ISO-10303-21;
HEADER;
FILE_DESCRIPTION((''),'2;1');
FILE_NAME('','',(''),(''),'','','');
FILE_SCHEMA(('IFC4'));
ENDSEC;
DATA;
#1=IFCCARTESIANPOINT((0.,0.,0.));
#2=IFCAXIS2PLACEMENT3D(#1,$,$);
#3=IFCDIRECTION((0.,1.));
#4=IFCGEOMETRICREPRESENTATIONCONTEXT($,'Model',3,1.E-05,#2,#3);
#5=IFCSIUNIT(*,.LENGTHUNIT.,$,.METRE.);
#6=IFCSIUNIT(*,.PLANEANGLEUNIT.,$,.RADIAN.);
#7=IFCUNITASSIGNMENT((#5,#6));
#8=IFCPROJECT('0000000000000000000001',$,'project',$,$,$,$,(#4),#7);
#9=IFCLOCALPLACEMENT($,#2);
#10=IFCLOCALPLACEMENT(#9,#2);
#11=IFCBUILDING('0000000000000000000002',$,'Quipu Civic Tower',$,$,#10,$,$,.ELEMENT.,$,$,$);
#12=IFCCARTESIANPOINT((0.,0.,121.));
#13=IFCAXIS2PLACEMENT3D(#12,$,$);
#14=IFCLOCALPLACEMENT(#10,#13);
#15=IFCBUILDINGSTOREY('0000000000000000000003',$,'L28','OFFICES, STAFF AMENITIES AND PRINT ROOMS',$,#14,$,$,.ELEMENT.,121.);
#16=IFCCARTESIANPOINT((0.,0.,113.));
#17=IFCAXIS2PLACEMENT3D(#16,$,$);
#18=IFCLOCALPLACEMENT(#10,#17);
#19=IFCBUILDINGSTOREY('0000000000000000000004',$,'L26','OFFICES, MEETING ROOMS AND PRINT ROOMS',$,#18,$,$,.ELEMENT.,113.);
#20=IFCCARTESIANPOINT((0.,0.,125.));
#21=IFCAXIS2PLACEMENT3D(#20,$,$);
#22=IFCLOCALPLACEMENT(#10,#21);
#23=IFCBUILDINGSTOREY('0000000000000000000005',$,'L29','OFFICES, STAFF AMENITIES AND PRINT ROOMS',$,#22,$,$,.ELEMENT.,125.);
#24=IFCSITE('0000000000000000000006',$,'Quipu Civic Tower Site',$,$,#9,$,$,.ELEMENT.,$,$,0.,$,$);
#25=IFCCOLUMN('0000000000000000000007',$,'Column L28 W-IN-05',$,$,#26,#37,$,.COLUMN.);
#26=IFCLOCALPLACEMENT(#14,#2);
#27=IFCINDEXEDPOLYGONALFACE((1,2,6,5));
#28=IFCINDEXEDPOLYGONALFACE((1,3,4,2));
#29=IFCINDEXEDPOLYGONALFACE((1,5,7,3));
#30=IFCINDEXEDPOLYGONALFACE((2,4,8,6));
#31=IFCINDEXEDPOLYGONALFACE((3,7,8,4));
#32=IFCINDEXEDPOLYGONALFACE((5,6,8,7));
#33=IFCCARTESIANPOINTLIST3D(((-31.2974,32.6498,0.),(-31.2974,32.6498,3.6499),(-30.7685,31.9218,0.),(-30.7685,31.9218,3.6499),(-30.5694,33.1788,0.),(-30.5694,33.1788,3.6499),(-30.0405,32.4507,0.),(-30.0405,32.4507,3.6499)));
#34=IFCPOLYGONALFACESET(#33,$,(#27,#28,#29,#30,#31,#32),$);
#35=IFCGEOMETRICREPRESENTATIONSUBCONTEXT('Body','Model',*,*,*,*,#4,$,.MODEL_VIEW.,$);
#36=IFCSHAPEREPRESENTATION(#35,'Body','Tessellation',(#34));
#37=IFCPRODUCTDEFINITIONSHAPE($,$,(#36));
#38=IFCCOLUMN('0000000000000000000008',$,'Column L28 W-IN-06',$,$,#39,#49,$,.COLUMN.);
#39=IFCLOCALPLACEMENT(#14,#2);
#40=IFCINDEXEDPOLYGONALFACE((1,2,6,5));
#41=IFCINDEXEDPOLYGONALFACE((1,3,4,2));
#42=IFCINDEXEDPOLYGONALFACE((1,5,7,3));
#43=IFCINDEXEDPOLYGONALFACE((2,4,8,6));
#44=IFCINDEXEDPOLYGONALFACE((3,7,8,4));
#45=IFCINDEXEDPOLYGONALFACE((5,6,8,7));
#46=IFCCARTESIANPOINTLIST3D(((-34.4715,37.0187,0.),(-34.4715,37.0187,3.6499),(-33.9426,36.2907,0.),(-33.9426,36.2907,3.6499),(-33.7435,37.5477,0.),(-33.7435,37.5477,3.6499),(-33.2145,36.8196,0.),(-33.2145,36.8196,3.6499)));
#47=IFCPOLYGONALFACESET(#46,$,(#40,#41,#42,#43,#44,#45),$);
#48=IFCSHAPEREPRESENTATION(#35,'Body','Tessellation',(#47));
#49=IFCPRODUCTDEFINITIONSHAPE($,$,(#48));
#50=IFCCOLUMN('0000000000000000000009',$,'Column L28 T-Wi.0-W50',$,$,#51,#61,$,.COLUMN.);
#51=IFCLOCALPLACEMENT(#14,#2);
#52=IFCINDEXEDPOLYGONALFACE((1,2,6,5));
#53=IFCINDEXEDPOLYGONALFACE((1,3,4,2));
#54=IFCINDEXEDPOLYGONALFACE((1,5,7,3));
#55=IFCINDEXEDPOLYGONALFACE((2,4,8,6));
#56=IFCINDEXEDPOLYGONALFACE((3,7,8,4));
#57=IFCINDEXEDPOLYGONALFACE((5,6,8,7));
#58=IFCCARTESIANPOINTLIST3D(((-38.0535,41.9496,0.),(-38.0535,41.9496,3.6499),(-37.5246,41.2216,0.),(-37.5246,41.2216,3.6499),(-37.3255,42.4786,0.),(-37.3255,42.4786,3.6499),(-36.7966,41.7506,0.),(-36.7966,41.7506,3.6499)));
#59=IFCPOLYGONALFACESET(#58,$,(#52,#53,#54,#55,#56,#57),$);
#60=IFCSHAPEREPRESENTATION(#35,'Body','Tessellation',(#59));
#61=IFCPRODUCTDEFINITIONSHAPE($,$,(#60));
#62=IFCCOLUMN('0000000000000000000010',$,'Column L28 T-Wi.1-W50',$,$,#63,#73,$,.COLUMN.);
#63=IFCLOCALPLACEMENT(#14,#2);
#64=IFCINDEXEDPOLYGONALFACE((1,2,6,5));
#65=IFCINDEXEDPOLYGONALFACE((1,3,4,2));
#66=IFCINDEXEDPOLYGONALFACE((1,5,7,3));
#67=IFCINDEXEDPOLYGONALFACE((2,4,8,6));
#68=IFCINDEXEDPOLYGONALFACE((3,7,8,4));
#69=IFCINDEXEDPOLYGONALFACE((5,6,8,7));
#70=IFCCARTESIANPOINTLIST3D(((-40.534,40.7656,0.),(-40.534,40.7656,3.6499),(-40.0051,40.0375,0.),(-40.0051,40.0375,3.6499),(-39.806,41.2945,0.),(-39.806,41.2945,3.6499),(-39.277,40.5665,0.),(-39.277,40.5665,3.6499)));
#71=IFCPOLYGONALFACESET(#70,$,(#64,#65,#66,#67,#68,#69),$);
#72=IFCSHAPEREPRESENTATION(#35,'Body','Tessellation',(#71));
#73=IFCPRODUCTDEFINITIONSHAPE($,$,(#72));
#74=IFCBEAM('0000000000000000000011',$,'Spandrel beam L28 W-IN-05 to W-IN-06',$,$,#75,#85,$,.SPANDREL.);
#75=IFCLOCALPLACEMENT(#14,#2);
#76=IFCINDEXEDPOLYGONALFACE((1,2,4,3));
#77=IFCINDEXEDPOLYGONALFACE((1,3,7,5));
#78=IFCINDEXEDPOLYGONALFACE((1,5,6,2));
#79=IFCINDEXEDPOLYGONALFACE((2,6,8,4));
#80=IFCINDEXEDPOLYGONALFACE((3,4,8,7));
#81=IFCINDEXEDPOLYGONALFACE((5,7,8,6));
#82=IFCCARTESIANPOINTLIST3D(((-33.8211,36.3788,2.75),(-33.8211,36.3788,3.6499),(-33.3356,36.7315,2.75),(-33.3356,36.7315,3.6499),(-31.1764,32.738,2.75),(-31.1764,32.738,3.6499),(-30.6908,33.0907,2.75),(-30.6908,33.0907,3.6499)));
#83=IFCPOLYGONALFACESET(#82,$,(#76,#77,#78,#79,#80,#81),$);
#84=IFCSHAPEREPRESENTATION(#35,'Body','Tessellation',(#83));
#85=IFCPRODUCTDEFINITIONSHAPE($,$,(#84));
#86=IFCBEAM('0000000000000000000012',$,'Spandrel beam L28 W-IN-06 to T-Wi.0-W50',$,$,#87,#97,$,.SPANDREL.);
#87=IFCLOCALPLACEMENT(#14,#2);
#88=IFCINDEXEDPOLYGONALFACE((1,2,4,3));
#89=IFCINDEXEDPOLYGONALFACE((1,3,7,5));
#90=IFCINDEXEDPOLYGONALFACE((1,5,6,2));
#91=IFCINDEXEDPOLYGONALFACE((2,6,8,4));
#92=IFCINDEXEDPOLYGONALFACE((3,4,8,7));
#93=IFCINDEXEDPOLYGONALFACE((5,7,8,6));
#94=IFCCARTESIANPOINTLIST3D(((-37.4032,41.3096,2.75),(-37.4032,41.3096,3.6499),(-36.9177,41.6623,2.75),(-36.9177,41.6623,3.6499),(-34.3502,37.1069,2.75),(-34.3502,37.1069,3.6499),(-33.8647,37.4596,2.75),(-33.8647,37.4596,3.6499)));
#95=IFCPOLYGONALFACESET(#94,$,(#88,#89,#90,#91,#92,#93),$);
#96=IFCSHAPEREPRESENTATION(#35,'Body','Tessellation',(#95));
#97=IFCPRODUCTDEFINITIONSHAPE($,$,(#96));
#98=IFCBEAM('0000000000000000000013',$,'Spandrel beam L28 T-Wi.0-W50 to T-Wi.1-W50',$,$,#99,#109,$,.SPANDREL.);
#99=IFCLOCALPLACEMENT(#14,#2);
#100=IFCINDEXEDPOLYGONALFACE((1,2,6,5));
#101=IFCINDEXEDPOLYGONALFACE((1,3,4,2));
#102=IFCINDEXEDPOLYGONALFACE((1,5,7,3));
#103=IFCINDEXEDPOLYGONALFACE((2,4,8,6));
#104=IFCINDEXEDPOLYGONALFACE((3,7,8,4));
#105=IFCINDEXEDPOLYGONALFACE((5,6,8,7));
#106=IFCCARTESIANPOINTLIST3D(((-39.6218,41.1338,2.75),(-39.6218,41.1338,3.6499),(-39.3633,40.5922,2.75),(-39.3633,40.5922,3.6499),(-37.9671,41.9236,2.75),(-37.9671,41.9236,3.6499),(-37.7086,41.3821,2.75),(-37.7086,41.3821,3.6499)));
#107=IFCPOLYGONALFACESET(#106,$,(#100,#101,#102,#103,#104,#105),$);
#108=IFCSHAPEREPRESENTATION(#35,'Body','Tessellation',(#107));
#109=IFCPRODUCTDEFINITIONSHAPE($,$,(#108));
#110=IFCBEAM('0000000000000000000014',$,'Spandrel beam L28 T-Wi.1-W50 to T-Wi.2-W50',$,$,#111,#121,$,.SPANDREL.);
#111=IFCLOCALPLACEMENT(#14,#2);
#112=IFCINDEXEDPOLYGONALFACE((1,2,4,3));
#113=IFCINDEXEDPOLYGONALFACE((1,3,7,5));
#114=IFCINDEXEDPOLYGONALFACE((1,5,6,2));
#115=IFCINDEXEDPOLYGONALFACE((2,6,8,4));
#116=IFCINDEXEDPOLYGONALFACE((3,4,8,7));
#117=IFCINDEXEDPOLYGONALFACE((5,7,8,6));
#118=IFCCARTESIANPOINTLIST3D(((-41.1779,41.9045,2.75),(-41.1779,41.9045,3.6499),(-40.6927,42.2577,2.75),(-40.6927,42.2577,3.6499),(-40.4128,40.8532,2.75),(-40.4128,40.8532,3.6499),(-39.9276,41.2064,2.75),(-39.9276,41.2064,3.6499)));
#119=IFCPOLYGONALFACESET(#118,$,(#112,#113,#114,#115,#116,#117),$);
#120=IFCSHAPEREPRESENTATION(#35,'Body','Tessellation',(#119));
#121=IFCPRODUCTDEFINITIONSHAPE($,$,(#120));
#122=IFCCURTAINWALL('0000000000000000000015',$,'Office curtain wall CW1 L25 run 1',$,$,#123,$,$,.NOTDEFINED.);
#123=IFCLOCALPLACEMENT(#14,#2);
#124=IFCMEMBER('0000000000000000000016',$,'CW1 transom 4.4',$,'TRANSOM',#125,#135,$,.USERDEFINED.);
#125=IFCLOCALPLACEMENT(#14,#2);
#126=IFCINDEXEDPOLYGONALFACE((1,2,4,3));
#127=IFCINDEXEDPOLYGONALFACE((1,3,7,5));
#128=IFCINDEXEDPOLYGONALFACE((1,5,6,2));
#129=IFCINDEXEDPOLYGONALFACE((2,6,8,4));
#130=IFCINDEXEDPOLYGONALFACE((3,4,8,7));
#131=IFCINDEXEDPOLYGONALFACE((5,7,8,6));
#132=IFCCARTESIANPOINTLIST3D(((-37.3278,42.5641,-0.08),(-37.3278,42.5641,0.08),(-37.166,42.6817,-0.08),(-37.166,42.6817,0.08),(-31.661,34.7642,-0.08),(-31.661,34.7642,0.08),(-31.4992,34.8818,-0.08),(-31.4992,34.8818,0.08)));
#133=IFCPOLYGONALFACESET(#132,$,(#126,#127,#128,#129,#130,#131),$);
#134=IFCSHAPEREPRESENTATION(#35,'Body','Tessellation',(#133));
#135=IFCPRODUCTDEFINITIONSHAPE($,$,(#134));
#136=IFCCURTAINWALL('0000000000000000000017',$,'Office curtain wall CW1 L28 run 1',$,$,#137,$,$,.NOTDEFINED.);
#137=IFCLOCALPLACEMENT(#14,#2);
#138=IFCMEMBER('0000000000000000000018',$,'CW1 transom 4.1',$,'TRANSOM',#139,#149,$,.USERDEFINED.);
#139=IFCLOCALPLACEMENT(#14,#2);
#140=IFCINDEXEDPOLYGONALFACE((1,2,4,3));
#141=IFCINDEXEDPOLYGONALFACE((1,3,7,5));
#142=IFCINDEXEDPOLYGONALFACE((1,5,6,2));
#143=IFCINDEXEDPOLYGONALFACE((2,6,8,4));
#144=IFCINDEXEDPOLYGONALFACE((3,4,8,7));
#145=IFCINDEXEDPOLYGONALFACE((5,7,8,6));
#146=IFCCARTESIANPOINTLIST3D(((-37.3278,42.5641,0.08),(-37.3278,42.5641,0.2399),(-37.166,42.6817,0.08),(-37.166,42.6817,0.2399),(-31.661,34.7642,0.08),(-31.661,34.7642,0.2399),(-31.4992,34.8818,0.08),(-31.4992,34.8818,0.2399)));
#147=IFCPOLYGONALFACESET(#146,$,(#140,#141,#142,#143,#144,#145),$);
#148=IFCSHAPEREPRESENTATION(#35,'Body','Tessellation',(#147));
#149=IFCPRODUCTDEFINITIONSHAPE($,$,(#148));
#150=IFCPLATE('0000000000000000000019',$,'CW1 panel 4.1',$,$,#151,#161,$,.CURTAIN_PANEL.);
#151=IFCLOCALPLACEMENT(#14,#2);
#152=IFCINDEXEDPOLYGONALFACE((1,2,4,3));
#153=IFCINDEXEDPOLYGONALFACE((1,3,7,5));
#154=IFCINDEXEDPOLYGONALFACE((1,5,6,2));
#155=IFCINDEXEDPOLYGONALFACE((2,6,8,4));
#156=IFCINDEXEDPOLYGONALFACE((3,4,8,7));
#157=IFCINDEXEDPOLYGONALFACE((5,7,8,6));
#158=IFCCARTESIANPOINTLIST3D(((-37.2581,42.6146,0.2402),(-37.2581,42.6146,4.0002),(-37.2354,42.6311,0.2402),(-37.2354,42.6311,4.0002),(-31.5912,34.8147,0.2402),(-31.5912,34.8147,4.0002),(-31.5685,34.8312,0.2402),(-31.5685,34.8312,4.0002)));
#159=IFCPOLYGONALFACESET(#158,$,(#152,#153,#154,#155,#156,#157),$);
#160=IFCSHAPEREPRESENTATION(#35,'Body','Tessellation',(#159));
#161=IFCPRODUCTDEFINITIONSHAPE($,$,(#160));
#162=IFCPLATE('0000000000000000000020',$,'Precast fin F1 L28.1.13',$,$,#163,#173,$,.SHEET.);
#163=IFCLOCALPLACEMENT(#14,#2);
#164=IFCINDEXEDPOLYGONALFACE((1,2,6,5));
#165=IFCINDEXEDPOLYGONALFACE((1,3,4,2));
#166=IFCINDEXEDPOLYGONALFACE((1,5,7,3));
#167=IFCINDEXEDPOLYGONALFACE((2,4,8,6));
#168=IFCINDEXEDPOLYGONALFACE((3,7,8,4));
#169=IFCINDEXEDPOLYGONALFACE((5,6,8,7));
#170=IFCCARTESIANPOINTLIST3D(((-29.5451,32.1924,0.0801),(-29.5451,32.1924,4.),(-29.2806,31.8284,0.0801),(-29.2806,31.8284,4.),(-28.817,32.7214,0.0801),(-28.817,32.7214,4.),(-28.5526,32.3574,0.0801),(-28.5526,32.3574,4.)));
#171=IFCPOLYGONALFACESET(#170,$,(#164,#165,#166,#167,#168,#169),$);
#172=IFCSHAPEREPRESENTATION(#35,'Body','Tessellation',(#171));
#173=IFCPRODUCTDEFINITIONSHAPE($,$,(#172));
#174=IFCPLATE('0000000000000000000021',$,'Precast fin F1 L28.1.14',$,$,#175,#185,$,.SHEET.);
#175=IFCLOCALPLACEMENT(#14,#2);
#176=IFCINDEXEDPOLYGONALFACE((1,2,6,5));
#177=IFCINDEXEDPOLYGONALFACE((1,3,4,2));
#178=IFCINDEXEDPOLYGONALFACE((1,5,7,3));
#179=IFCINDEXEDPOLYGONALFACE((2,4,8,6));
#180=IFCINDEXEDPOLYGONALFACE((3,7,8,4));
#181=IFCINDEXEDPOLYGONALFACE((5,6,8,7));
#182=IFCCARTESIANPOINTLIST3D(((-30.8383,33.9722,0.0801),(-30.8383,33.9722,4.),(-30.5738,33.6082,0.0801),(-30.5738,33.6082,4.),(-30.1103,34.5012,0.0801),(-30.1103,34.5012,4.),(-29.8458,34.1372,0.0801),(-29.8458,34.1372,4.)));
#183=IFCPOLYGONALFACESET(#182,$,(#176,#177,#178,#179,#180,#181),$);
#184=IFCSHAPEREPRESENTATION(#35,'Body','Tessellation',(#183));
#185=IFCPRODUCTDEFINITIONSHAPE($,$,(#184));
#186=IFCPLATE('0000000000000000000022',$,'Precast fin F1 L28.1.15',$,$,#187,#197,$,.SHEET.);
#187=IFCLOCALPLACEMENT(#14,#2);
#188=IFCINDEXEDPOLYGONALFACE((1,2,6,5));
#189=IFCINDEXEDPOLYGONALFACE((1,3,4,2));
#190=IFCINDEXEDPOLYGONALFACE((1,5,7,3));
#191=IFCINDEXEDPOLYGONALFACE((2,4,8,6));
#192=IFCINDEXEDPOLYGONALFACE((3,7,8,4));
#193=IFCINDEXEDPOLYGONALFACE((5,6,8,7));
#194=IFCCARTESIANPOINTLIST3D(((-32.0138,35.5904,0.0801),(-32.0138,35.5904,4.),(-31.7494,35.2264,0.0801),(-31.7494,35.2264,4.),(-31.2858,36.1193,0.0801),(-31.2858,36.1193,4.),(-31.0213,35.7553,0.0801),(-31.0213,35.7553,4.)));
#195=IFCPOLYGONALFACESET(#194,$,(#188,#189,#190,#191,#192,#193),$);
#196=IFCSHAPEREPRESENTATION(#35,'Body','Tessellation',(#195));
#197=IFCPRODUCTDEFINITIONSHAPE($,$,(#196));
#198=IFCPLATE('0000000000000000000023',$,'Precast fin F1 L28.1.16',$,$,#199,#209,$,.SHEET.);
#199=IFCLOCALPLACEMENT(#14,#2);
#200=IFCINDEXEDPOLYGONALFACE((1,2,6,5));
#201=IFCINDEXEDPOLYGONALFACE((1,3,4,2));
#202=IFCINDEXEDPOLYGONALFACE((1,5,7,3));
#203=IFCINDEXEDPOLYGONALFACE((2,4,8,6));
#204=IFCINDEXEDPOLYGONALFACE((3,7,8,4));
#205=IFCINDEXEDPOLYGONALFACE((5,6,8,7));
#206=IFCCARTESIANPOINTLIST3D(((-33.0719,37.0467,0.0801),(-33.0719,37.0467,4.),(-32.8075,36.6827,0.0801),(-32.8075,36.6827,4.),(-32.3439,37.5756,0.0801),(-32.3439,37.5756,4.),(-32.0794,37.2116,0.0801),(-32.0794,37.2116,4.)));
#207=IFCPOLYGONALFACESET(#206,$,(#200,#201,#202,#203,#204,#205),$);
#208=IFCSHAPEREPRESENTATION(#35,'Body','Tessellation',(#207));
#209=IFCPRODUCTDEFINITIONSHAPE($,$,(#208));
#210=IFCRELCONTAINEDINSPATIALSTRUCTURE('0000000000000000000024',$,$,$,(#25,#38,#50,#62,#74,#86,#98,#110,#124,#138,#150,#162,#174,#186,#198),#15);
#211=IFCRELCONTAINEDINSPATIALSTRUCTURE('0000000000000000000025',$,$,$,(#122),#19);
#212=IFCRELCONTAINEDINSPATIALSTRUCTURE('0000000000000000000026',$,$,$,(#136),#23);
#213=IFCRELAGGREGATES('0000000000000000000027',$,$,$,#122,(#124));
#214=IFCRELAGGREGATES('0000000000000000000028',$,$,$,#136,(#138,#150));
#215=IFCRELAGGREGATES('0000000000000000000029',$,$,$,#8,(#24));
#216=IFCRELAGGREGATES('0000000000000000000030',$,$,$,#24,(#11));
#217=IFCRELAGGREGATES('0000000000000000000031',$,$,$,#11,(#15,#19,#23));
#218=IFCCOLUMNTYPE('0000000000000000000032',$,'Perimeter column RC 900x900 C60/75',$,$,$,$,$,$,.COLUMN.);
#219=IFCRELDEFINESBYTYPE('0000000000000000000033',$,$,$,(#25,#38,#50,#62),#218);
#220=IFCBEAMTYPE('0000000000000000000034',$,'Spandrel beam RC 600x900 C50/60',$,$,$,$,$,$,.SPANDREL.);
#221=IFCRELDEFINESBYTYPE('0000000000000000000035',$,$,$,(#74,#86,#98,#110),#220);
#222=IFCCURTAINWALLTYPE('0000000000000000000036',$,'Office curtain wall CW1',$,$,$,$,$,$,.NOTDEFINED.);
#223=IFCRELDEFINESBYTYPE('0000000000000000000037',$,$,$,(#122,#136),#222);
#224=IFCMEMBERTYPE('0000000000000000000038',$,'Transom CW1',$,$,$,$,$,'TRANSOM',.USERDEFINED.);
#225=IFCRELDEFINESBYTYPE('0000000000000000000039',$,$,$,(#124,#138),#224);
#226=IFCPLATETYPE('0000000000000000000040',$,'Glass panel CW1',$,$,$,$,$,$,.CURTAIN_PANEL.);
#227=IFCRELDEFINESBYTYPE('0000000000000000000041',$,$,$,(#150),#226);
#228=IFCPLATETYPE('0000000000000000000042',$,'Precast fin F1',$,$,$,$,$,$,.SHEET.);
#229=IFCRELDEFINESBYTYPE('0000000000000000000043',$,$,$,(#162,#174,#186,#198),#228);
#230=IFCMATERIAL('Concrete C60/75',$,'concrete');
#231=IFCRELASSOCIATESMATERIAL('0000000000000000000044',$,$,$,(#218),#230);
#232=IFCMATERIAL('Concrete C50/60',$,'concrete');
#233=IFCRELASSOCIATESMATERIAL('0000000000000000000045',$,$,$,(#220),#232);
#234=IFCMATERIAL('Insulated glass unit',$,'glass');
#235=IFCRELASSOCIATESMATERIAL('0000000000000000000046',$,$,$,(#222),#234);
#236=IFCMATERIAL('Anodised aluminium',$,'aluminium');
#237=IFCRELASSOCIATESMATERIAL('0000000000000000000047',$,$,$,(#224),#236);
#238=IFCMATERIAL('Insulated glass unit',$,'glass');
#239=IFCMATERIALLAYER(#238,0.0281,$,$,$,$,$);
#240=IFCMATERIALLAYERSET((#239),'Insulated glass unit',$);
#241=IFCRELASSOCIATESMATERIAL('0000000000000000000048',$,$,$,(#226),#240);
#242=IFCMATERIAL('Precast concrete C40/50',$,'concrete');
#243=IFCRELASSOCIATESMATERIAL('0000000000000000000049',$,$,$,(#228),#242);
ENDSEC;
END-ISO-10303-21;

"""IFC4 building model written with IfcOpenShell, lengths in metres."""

from ifc_helpers import new_model, si_unit, direction, frame, origin, origin_2d, place, context, subcontext, project, spatial, rectangle, extrude, material, layer, layer_set, material_profile, profile_set, type_object, element, aggregate, save


model = new_model("IFC4")

# Units and contexts
model_context = context("Model", 3, precision=1e-05, world=origin(), true_north=direction((0.0, 1.0)))
body_context = subcontext(model_context, "Body", "Model", "MODEL_VIEW")
ifc_project = project(units=[si_unit("LENGTHUNIT", "METRE"), si_unit("PLANEANGLEUNIT", "RADIAN")], contexts=[model_context])

# Site, building, storey
site_placement = place(None, origin())
site = spatial("IfcSite", under=ifc_project, at=site_placement, Name="Quipu Civic Tower Site", CompositionType="ELEMENT", RefElevation=0.0)
building_placement = place(site_placement, origin())
building = spatial("IfcBuilding", under=site, at=building_placement, Name="Quipu Civic Tower", CompositionType="ELEMENT")
storey_1_placement = place(building_placement, frame((0.0, 0.0, 121.0)))
storey_1 = spatial("IfcBuildingStorey", under=building, at=storey_1_placement, Name="L28", Description="OFFICES, STAFF AMENITIES AND PRINT ROOMS", CompositionType="ELEMENT", Elevation=121.0)

# Columns
ifc_material_1 = material(Name="Concrete C60/75", Category="concrete")
ifc_material_profile_1 = material_profile(ifc_material_1, rectangle(XDim=0.8999, YDim=0.8999, at=origin_2d()), Name="RC900x900")
ifc_profile_set_1 = profile_set([ifc_material_profile_1], Name="Concrete C60/75")
column_type = type_object("IfcColumnType", Name="Perimeter column RC 900x900 C60/75", PredefinedType="COLUMN", material=ifc_profile_set_1)
for number, where, z_axis, x_axis, name in (
    (1, (-30.6689, 32.5503, 0.0), (0.0, 0.0, 1.0), (-0.587785, 0.809017, 0.0), "Column L28 W-IN-05"),
    (2, (-33.843, 36.9192, 0.0), (0.0, 0.0, 1.0), (-0.587785, 0.809017, 0.0), "Column L28 W-IN-06"),
    (3, (-37.425, 41.8501, 0.0), (0.0, 0.0, 1.0), (-0.587785, 0.809017, 0.0), "Column L28 T-Wi.0-W50"),
    (4, (-39.9055, 40.666, 0.0), (0.0, 0.0, 1.0), (-0.587785, 0.809017, 0.0), "Column L28 T-Wi.1-W50"),
):
    element("IfcColumn", number, at=place(storey_1_placement, frame(where, z_axis=z_axis, x_axis=x_axis)), inside=storey_1, type_object=column_type, Name=name, PredefinedType="COLUMN", context=body_context, shape_type="SweptSolid", body=[
        extrude(rectangle(XDim=0.8999, YDim=0.8999, at=origin_2d()), origin(), (0.0, 0.0, 1.0), 3.6499),
    ])

# Beams
ifc_material_2 = material(Name="Concrete C50/60", Category="concrete")
ifc_material_profile_2 = material_profile(ifc_material_2, rectangle(XDim=0.6001, YDim=0.8999, at=origin_2d()), Name="RC600x900")
ifc_profile_set_2 = profile_set([ifc_material_profile_2], Name="Concrete C50/60")
beam_type = type_object("IfcBeamType", Name="Spandrel beam RC 600x900 C50/60", PredefinedType="SPANDREL", material=ifc_profile_set_2)
beam_1_placement = place(storey_1_placement, frame((-30.9336, 32.9143, 3.2), z_axis=(-0.587717, 0.809067, 0.0), x_axis=(-0.809067, -0.587717, 0.0)))
element("IfcBeam", 5, at=beam_1_placement, inside=storey_1, type_object=beam_type, Name="Spandrel beam L28 W-IN-05 to W-IN-06", PredefinedType="SPANDREL", context=body_context, shape_type="SweptSolid", body=[
    extrude(rectangle(XDim=0.6001, YDim=0.8999, at=origin_2d()), origin(), (0.0, 0.0, 1.0), 4.5),
])
beam_2_placement = place(storey_1_placement, frame((-34.1074, 37.2832, 3.2), z_axis=(-0.587733, 0.809055, 0.0), x_axis=(-0.809055, -0.587733, 0.0)))
element("IfcBeam", 6, at=beam_2_placement, inside=storey_1, type_object=beam_type, Name="Spandrel beam L28 W-IN-06 to T-Wi.0-W50", PredefinedType="SPANDREL", context=body_context, shape_type="SweptSolid", body=[
    extrude(rectangle(XDim=0.6001, YDim=0.8999, at=origin_2d()), origin(), (0.0, 0.0, 1.0), 5.1946),
])
beam_3_placement = place(storey_1_placement, frame((-37.8379, 41.6528, 3.2), z_axis=(-0.902454, -0.430786, 0.0), x_axis=(0.430786, -0.902454, 0.0)))
element("IfcBeam", 7, at=beam_3_placement, inside=storey_1, type_object=beam_type, Name="Spandrel beam L28 T-Wi.0-W50 to T-Wi.1-W50", PredefinedType="SPANDREL", context=body_context, shape_type="SweptSolid", body=[
    extrude(rectangle(XDim=0.6001, YDim=0.8999, at=origin_2d()), origin(), (0.0, 0.0, 1.0), 1.8335),
])
beam_4_placement = place(storey_1_placement, frame((-40.1702, 41.0298, 3.2), z_axis=(-0.588462, 0.808525, 0.0), x_axis=(-0.808525, -0.588462, 0.0)))
element("IfcBeam", 8, at=beam_4_placement, inside=storey_1, type_object=beam_type, Name="Spandrel beam L28 T-Wi.1-W50 to T-Wi.2-W50", PredefinedType="SPANDREL", context=body_context, shape_type="SweptSolid", body=[
    extrude(rectangle(XDim=0.6001, YDim=0.8999, at=origin_2d()), origin(), (0.0, 0.0, 1.0), 1.3003),
])

# Shared definitions
storey_2_placement = place(building_placement, frame((0.0, 0.0, 113.0)))
storey_2 = spatial("IfcBuildingStorey", under=building, at=storey_2_placement, Name="L26", Description="OFFICES, MEETING ROOMS AND PRINT ROOMS", CompositionType="ELEMENT", Elevation=113.0)

# Curtain wall, member
ifc_material_3 = material(Name="Insulated glass unit", Category="glass")
curtain_wall_type = type_object("IfcCurtainWallType", Name="Office curtain wall CW1", PredefinedType="NOTDEFINED", material=ifc_material_3)
curtain_wall_1_placement = place(storey_2_placement, origin())
curtain_wall_1 = element("IfcCurtainWall", 9, at=curtain_wall_1_placement, inside=storey_2, type_object=curtain_wall_type, Name="Office curtain wall CW1 L25 run 1", PredefinedType="NOTDEFINED")
ifc_material_4 = material(Name="Anodised aluminium", Category="aluminium")
ifc_material_profile_3 = material_profile(ifc_material_4, rectangle(XDim=0.2, YDim=0.1599, at=origin_2d()), Name="RECT 200x160")
ifc_profile_set_3 = profile_set([ifc_material_profile_3], Name="Anodised aluminium")
member_type = type_object("IfcMemberType", Name="Transom CW1", ElementType="TRANSOM", PredefinedType="USERDEFINED", material=ifc_profile_set_3)
member_1_placement = place(storey_1_placement, frame((-31.5801, 34.823, 0.0), z_axis=(-0.587776, 0.809024, 0.0), x_axis=(-0.809024, -0.587776, 0.0)))
member_1 = element("IfcMember", 10, at=member_1_placement, inside=storey_1, type_object=member_type, Name="CW1 transom 4.4", ObjectType="TRANSOM", PredefinedType="USERDEFINED", context=body_context, shape_type="SweptSolid", body=[
    extrude(rectangle(XDim=0.2, YDim=0.1599, at=origin_2d()), origin(), (0.0, 0.0, 1.0), 9.6411),
])
aggregate(curtain_wall_1, [member_1])

# Shared definitions
storey_3_placement = place(building_placement, frame((0.0, 0.0, 125.0)))
storey_3 = spatial("IfcBuildingStorey", under=building, at=storey_3_placement, Name="L29", Description="OFFICES, STAFF AMENITIES AND PRINT ROOMS", CompositionType="ELEMENT", Elevation=125.0)

# Curtain wall, member, plate
curtain_wall_2_placement = place(storey_3_placement, origin())
curtain_wall_2 = element("IfcCurtainWall", 11, at=curtain_wall_2_placement, inside=storey_3, type_object=curtain_wall_type, Name="Office curtain wall CW1 L28 run 1", PredefinedType="NOTDEFINED")
member_2_placement = place(storey_1_placement, frame((-31.5801, 34.823, 0.1599), z_axis=(-0.587776, 0.809024, 0.0), x_axis=(-0.809024, -0.587776, 0.0)))
member_2 = element("IfcMember", 12, at=member_2_placement, inside=storey_1, type_object=member_type, Name="CW1 transom 4.1", ObjectType="TRANSOM", PredefinedType="USERDEFINED", context=body_context, shape_type="SweptSolid", body=[
    extrude(rectangle(XDim=0.2, YDim=0.1599, at=origin_2d()), origin(), (0.0, 0.0, 1.0), 9.6411),
])
ifc_material_5 = material(Name="Insulated glass unit", Category="glass")
ifc_layer_1 = layer(ifc_material_5, 0.0281)
ifc_layer_set_1 = layer_set([ifc_layer_1], Name="Insulated glass unit")
plate_type_1 = type_object("IfcPlateType", Name="Glass panel CW1", PredefinedType="CURTAIN_PANEL", material=ifc_layer_set_1)
plate_placement = place(storey_1_placement, frame((-34.4133, 38.7229, 0.2402), z_axis=(0.0, 0.0, 1.0), x_axis=(-0.587786, 0.809017, 0.0)))
plate = element("IfcPlate", 13, at=plate_placement, inside=storey_1, type_object=plate_type_1, Name="CW1 panel 4.1", PredefinedType="CURTAIN_PANEL", context=body_context, shape_type="SweptSolid", body=[
    extrude(rectangle(XDim=9.6411, YDim=0.0281, at=origin_2d()), origin(), (0.0, 0.0, 1.0), 3.76),
])
aggregate(curtain_wall_2, [member_2, plate])

# Plates
ifc_material_6 = material(Name="Precast concrete C40/50", Category="concrete")
plate_type_2 = type_object("IfcPlateType", Name="Precast fin F1", PredefinedType="SHEET", material=ifc_material_6)
for number, where, z_axis, x_axis, name in (
    (14, (-29.0488, 32.2749, 0.0801), (0.0, 0.0, 1.0), (-0.587785, 0.809017, 0.0), "Precast fin F1 L28.1.13"),
    (15, (-30.342, 34.0547, 0.0801), (0.0, 0.0, 1.0), (-0.587785, 0.809017, 0.0), "Precast fin F1 L28.1.14"),
    (16, (-31.5176, 35.6729, 0.0801), (0.0, 0.0, 1.0), (-0.587785, 0.809017, 0.0), "Precast fin F1 L28.1.15"),
    (17, (-32.5757, 37.1292, 0.0801), (0.0, 0.0, 1.0), (-0.587785, 0.809017, 0.0), "Precast fin F1 L28.1.16"),
):
    element("IfcPlate", number, at=place(storey_1_placement, frame(where, z_axis=z_axis, x_axis=x_axis)), inside=storey_1, type_object=plate_type_2, Name=name, PredefinedType="SHEET", context=body_context, shape_type="SweptSolid", body=[
        extrude(rectangle(XDim=0.45, YDim=0.8999, at=origin_2d()), origin(), (0.0, 0.0, 1.0), 3.9199),
    ])

save(model, "model.ifc")
